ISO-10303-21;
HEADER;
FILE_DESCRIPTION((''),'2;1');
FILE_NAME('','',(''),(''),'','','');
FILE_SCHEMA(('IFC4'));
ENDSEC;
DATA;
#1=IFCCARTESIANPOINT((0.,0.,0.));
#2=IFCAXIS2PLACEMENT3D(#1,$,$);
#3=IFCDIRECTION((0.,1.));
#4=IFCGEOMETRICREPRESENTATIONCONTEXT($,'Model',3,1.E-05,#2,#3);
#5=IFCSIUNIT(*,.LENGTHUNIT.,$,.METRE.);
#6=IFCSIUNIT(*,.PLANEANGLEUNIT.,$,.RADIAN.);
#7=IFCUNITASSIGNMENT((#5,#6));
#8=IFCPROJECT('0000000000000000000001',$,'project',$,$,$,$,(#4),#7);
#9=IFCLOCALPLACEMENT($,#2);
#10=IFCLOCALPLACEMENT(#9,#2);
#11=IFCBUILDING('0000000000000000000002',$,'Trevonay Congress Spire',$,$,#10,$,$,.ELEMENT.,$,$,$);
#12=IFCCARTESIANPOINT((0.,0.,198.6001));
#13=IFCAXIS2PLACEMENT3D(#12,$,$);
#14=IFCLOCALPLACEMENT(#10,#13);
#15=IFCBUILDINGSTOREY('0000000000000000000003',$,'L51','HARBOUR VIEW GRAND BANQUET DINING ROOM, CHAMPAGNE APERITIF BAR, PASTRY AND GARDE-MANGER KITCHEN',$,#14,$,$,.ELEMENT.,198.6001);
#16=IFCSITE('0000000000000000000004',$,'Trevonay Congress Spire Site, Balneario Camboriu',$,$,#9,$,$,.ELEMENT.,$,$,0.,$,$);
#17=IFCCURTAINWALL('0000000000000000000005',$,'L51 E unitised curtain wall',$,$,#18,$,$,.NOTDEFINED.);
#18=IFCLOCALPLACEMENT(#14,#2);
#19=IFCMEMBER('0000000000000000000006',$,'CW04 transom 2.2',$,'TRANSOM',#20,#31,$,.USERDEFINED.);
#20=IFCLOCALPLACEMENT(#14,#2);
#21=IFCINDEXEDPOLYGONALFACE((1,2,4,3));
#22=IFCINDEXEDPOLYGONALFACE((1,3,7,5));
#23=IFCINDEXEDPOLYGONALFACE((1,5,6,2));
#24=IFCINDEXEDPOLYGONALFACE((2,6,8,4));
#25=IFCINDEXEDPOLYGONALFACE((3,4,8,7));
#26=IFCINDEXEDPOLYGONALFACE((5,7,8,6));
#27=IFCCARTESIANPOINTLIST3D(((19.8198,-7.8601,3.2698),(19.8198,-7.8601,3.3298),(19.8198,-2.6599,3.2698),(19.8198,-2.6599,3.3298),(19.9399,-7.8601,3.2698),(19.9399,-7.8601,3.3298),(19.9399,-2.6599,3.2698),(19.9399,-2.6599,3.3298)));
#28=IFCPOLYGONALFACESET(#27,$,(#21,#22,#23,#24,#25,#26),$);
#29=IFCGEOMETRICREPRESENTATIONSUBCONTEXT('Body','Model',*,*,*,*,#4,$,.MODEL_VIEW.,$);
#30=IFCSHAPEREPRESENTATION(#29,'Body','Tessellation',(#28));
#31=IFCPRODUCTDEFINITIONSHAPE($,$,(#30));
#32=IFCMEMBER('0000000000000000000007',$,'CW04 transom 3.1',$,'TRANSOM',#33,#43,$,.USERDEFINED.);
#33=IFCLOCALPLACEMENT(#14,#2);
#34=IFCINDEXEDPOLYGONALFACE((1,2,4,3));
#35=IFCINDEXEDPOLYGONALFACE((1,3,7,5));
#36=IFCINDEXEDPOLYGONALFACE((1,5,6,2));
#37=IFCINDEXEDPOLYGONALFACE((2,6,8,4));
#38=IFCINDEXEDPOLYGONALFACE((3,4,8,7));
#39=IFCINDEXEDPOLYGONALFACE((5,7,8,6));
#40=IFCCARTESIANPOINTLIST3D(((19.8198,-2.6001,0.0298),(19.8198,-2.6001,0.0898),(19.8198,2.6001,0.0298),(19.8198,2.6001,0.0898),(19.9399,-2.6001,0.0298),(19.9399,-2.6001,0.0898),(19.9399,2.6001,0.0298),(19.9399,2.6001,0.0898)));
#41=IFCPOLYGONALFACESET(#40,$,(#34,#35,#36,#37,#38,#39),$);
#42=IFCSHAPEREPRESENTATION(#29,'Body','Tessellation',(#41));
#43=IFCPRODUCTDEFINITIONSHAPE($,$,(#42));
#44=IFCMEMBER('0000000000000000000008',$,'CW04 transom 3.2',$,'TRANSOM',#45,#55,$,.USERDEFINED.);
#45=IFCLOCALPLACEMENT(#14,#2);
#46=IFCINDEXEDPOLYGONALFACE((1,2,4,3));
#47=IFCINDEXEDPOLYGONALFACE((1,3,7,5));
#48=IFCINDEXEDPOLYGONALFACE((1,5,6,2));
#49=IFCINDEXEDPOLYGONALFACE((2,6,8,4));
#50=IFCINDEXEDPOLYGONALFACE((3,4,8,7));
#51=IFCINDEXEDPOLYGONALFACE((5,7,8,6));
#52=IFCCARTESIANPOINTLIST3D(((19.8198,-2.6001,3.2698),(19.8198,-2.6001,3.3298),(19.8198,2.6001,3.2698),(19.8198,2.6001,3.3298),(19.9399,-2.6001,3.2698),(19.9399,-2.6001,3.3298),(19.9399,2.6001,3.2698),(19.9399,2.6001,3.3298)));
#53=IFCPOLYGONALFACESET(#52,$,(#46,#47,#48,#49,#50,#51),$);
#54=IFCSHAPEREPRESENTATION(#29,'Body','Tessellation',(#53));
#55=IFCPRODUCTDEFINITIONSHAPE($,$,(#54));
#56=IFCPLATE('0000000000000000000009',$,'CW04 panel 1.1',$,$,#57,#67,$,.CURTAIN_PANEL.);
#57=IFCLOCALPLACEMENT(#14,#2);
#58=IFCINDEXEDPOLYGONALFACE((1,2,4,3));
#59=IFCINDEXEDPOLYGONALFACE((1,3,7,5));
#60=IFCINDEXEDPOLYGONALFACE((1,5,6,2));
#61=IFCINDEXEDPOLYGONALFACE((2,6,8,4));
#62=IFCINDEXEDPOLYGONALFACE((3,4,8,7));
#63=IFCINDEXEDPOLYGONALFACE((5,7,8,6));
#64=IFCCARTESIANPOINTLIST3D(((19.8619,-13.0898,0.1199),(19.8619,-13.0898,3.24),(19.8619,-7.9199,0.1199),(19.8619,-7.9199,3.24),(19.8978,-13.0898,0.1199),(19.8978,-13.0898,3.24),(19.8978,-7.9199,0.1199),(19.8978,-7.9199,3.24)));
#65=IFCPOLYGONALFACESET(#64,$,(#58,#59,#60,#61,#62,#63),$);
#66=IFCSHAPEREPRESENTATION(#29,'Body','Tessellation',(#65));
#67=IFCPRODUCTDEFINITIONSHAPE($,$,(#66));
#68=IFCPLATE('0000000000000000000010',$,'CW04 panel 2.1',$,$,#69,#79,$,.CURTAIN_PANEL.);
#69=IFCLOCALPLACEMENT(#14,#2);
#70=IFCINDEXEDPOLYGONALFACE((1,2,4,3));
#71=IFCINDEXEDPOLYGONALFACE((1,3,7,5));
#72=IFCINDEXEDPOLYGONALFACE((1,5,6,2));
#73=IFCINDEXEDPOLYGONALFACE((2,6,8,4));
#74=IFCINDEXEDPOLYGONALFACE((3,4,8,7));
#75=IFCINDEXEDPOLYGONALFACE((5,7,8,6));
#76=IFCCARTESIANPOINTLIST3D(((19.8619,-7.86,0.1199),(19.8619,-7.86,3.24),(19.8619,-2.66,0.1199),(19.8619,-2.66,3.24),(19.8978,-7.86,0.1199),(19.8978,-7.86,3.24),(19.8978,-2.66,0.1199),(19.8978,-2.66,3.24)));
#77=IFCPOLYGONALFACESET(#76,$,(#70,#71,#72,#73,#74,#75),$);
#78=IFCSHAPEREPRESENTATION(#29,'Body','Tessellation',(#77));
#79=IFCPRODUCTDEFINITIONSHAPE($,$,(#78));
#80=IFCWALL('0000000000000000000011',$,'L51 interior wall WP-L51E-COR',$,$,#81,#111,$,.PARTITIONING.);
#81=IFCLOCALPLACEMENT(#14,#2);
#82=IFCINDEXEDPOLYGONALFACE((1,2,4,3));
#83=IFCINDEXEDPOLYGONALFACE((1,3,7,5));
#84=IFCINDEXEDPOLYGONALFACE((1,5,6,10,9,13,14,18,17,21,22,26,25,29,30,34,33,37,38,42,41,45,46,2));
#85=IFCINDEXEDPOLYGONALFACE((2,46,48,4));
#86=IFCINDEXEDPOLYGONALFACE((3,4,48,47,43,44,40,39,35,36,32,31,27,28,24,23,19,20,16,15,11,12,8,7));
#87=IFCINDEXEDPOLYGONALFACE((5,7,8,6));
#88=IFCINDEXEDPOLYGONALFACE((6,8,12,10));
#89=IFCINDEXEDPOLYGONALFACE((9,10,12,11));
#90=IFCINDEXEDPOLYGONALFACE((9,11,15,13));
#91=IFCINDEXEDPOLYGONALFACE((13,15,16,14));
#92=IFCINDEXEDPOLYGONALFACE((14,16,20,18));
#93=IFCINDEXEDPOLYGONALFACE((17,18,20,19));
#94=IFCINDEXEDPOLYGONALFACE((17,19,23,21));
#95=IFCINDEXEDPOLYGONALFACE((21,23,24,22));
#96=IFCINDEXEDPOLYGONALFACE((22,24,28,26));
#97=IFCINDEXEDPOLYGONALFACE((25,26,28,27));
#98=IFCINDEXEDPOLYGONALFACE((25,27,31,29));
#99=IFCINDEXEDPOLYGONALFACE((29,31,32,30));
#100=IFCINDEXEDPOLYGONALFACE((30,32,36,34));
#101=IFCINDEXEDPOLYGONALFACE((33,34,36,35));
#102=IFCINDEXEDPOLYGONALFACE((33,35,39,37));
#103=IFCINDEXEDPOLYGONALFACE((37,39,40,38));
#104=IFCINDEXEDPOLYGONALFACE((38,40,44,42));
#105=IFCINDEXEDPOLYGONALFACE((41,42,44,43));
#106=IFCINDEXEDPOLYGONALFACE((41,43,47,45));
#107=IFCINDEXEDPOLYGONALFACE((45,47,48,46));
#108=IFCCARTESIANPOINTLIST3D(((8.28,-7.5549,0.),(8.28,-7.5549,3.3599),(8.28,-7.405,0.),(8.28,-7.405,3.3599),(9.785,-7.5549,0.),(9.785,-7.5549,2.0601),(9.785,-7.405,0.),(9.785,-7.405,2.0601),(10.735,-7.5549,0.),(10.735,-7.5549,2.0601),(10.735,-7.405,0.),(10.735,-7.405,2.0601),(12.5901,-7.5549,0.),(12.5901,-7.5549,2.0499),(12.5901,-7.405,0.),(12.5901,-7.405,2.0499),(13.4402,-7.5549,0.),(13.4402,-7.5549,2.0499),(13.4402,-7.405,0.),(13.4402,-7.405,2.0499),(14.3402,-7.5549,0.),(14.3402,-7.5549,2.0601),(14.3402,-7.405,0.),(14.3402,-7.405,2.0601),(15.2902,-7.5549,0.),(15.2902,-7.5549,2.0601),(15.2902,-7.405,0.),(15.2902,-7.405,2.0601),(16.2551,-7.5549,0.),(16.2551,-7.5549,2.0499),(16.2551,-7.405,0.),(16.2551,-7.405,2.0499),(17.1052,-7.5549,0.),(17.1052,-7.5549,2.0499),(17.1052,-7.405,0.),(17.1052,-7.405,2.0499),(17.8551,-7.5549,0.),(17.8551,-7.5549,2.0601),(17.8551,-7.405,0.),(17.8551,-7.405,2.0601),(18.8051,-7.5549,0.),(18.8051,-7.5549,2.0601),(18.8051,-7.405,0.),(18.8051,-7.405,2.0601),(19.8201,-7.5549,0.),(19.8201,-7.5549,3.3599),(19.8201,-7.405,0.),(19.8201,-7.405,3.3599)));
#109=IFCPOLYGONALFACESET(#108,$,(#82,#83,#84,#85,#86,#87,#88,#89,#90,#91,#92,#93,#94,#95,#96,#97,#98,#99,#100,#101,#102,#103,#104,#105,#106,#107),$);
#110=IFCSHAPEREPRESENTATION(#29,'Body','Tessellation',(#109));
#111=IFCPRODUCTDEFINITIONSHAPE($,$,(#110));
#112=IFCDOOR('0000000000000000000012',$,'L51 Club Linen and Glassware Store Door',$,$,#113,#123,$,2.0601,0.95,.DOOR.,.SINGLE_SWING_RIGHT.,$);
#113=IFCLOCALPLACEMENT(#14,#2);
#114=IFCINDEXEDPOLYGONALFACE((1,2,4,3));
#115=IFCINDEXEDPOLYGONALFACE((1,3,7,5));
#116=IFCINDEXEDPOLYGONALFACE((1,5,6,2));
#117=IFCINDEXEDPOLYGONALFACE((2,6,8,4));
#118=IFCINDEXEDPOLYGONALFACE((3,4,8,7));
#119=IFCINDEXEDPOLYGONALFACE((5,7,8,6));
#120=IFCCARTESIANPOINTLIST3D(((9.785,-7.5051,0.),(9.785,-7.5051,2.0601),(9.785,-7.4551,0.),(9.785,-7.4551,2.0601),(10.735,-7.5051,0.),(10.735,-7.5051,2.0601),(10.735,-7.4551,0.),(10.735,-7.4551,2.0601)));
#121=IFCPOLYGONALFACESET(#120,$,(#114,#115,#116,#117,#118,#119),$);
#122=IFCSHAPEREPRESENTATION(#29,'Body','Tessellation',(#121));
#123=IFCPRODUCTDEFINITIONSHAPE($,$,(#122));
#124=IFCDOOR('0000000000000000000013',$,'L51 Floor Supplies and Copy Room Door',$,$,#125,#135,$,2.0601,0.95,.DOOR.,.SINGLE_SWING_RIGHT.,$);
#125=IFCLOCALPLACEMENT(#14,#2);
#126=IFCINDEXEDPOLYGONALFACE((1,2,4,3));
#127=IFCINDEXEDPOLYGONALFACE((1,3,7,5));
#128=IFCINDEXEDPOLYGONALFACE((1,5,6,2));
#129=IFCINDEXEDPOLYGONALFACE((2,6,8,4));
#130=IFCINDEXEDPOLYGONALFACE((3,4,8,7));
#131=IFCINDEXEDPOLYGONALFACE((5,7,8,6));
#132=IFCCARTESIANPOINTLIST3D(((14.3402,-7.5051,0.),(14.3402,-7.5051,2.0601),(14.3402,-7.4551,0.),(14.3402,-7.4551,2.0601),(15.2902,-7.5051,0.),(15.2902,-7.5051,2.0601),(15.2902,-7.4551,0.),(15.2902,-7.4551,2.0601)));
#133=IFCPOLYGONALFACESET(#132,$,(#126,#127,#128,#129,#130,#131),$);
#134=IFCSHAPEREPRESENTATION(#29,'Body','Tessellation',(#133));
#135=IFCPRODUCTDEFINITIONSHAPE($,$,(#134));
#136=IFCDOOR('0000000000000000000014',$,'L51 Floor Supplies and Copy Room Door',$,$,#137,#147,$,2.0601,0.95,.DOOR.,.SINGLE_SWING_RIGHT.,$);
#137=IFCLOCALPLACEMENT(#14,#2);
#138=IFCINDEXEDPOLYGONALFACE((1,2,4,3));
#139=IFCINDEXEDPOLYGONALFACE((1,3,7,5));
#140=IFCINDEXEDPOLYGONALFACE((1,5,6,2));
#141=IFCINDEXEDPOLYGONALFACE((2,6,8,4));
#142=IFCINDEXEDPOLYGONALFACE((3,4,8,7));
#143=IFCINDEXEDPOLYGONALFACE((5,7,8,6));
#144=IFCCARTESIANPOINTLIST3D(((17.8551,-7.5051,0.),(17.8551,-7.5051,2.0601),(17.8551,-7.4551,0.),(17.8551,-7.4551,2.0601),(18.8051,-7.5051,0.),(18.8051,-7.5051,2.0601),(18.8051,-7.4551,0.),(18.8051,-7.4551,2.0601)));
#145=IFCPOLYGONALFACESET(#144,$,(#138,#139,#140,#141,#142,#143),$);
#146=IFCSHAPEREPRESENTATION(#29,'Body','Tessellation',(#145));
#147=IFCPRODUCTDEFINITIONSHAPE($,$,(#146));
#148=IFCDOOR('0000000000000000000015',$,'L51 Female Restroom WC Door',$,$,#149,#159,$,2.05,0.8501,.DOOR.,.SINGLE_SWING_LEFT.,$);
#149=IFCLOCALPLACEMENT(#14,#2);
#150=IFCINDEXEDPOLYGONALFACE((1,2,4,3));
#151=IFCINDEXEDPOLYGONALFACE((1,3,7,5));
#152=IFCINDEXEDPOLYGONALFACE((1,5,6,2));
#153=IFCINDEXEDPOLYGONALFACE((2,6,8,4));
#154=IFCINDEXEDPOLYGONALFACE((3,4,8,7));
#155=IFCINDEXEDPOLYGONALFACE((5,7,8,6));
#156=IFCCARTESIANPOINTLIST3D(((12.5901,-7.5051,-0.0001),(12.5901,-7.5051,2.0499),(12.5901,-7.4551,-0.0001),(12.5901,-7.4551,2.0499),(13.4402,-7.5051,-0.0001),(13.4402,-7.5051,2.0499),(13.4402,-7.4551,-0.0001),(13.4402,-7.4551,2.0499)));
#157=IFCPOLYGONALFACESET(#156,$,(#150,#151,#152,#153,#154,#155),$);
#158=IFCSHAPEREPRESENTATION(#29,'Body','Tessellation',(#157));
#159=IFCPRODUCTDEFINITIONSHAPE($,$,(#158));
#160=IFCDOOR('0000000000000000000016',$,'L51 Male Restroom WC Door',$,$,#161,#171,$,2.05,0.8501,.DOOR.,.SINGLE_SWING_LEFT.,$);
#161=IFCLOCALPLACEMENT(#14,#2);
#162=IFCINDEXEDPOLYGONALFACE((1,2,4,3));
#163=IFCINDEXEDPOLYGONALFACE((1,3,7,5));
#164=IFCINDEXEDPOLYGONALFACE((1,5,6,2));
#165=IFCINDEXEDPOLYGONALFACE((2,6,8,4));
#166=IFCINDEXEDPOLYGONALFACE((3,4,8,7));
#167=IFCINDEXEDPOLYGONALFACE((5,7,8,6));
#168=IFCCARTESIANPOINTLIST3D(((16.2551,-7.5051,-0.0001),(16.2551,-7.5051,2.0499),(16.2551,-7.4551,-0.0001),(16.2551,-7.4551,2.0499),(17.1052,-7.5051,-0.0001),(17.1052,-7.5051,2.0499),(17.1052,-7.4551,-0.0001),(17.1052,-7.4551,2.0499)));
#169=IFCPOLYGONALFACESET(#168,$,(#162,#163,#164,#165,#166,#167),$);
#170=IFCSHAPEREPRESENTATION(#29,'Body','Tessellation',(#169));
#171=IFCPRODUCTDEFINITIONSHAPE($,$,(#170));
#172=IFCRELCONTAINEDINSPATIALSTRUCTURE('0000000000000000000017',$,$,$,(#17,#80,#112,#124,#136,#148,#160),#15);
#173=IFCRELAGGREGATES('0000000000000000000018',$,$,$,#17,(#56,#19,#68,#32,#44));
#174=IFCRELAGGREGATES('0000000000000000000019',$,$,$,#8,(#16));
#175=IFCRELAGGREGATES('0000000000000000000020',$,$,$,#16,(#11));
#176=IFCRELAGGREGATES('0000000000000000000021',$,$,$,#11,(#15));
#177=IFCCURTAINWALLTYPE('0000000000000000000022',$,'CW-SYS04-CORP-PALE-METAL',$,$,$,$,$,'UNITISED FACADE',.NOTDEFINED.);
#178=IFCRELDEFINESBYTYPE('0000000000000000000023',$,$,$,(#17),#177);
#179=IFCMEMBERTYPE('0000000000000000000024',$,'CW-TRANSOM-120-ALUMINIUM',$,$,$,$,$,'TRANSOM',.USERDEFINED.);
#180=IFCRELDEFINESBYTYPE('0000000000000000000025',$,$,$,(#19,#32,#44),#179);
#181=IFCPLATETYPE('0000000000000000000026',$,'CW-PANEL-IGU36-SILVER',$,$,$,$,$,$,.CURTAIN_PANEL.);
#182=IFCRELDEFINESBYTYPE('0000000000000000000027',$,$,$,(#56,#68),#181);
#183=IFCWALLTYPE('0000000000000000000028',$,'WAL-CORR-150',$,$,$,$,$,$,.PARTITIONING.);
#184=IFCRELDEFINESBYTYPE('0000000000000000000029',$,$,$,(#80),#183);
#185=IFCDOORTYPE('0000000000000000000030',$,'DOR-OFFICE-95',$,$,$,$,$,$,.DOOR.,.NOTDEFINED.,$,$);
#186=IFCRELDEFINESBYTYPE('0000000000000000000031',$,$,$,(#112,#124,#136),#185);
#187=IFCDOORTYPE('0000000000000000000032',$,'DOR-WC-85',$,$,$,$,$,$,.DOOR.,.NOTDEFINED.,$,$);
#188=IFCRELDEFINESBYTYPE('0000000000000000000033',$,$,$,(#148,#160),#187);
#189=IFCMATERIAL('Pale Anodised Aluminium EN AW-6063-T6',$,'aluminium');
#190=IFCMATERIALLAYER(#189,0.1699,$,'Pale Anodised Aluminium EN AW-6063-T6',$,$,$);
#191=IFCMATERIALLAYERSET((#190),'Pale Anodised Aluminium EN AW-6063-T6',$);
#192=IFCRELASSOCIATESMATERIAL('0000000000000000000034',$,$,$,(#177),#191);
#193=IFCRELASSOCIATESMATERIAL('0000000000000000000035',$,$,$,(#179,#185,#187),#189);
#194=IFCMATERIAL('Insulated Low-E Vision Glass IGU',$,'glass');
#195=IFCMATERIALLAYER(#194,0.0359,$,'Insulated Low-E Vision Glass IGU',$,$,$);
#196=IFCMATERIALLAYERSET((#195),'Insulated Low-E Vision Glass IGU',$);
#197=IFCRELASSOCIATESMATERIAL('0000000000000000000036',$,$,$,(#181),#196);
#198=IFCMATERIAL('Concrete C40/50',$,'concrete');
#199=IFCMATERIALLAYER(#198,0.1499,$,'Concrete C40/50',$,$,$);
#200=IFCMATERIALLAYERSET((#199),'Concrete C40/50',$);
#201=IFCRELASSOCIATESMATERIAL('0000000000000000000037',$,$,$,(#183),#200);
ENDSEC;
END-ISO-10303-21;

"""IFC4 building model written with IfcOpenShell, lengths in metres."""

from ifc_helpers import new_model, si_unit, direction, frame, frame_2d, origin, origin_2d, place, context, subcontext, project, spatial, rectangle, extrude, material, layer, layer_set, material_profile, profile_set, type_object, element, fill, aggregate, save


model = new_model("IFC4")

# Units and contexts
model_context = context("Model", 3, precision=1e-05, world=origin(), true_north=direction((0.0, 1.0)))
body_context = subcontext(model_context, "Body", "Model", "MODEL_VIEW")
ifc_project = project(units=[si_unit("LENGTHUNIT", "METRE"), si_unit("PLANEANGLEUNIT", "RADIAN")], contexts=[model_context])

# Site, building, storey
site_placement = place(None, origin())
site = spatial("IfcSite", under=ifc_project, at=site_placement, Name="Trevonay Congress Spire Site, Balneario Camboriu", CompositionType="ELEMENT", RefElevation=0.0)
building_placement = place(site_placement, origin())
building = spatial("IfcBuilding", under=site, at=building_placement, Name="Trevonay Congress Spire", CompositionType="ELEMENT")
storey_placement = place(building_placement, frame((0.0, 0.0, 198.6001)))
storey = spatial("IfcBuildingStorey", under=building, at=storey_placement, Name="L51", Description="HARBOUR VIEW GRAND BANQUET DINING ROOM, CHAMPAGNE APERITIF BAR, PASTRY AND GARDE-MANGER KITCHEN", CompositionType="ELEMENT", Elevation=198.6001)

# Curtain wall, members, plates
ifc_material_1 = material(Name="Pale Anodised Aluminium EN AW-6063-T6", Category="aluminium")
ifc_layer_1 = layer(ifc_material_1, 0.1699, Name="Pale Anodised Aluminium EN AW-6063-T6")
ifc_layer_set_1 = layer_set([ifc_layer_1], Name="Pale Anodised Aluminium EN AW-6063-T6")
curtain_wall_type = type_object("IfcCurtainWallType", Name="CW-SYS04-CORP-PALE-METAL", ElementType="UNITISED FACADE", PredefinedType="NOTDEFINED", material=ifc_layer_set_1)
curtain_wall_placement = place(storey_placement, origin())
curtain_wall = element("IfcCurtainWall", 1, at=curtain_wall_placement, inside=storey, type_object=curtain_wall_type, Name="L51 E unitised curtain wall", PredefinedType="NOTDEFINED")
ifc_material_profile_1 = material_profile(ifc_material_1, rectangle(XDim=0.1201, YDim=0.0601, at=origin_2d()), Name="CW-TRANSOM-120-ALUMINIUM")
ifc_profile_set_1 = profile_set([ifc_material_profile_1], Name="Pale Anodised Aluminium EN AW-6063-T6")
member_type_1 = type_object("IfcMemberType", Name="CW-TRANSOM-120-ALUMINIUM", ElementType="TRANSOM", PredefinedType="USERDEFINED", material=ifc_profile_set_1)
member_1_placement = place(storey_placement, frame((19.8799, -7.8601, 3.2998), z_axis=(0.0, 1.0, 0.0), x_axis=(-1.0, 0.0, 0.0)))
member_1 = element("IfcMember", 2, at=member_1_placement, type_object=member_type_1, Name="CW04 transom 2.2", ObjectType="TRANSOM", PredefinedType="USERDEFINED", context=body_context, shape_type="SweptSolid", body=[
    extrude(rectangle(XDim=0.1201, YDim=0.0601, at=origin_2d()), origin(), (0.0, 0.0, 1.0), 5.2002),
])
member_2_placement = place(storey_placement, frame((19.8799, -2.6001, 0.0598), z_axis=(0.0, 1.0, 0.0), x_axis=(-1.0, 0.0, 0.0)))
member_2 = element("IfcMember", 3, at=member_2_placement, type_object=member_type_1, Name="CW04 transom 3.1", ObjectType="TRANSOM", PredefinedType="USERDEFINED", context=body_context, shape_type="SweptSolid", body=[
    extrude(rectangle(XDim=0.1201, YDim=0.0601, at=origin_2d()), origin(), (0.0, 0.0, 1.0), 5.2002),
])
member_3_placement = place(storey_placement, frame((19.8799, -2.6001, 3.2998), z_axis=(0.0, 1.0, 0.0), x_axis=(-1.0, 0.0, 0.0)))
member_3 = element("IfcMember", 4, at=member_3_placement, type_object=member_type_1, Name="CW04 transom 3.2", ObjectType="TRANSOM", PredefinedType="USERDEFINED", context=body_context, shape_type="SweptSolid", body=[
    extrude(rectangle(XDim=0.1201, YDim=0.0601, at=origin_2d()), origin(), (0.0, 0.0, 1.0), 5.2002),
])
ifc_material_2 = material(Name="Insulated Low-E Vision Glass IGU", Category="glass")
ifc_layer_2 = layer(ifc_material_2, 0.0359, Name="Insulated Low-E Vision Glass IGU")
ifc_layer_set_2 = layer_set([ifc_layer_2], Name="Insulated Low-E Vision Glass IGU")
plate_type = type_object("IfcPlateType", Name="CW-PANEL-IGU36-SILVER", PredefinedType="CURTAIN_PANEL", material=ifc_layer_set_2)
plate_1_placement = place(storey_placement, frame((19.8799, -10.5049, 0.1199), z_axis=(0.0, 0.0, 1.0), x_axis=(0.0, 1.0, 0.0)))
plate_1 = element("IfcPlate", 5, at=plate_1_placement, type_object=plate_type, Name="CW04 panel 1.1", PredefinedType="CURTAIN_PANEL", context=body_context, shape_type="SweptSolid", body=[
    extrude(rectangle(XDim=5.1699, YDim=0.0359, at=origin_2d()), origin(), (0.0, 0.0, 1.0), 3.1201),
])
plate_2_placement = place(storey_placement, frame((19.8799, -5.26, 0.1199), z_axis=(0.0, 0.0, 1.0), x_axis=(0.0, 1.0, 0.0)))
plate_2 = element("IfcPlate", 6, at=plate_2_placement, type_object=plate_type, Name="CW04 panel 2.1", PredefinedType="CURTAIN_PANEL", context=body_context, shape_type="SweptSolid", body=[
    extrude(rectangle(XDim=5.2, YDim=0.0359, at=origin_2d()), origin(), (0.0, 0.0, 1.0), 3.1201),
])
aggregate(curtain_wall, [plate_1, member_1, plate_2, member_2, member_3])

# Wall, openings, doors
ifc_material_3 = material(Name="Concrete C40/50", Category="concrete")
ifc_layer_3 = layer(ifc_material_3, 0.1499, Name="Concrete C40/50")
ifc_layer_set_3 = layer_set([ifc_layer_3], Name="Concrete C40/50")
wall_type_1 = type_object("IfcWallType", Name="WAL-CORR-150", PredefinedType="PARTITIONING", material=ifc_layer_set_3)
wall_1_placement = place(storey_placement, frame((8.28, -7.48, 0.0), z_axis=(0.0, 0.0, 1.0), x_axis=(1.0, 0.0, 0.0)))
wall_1 = element("IfcWall", 7, at=wall_1_placement, inside=storey, type_object=wall_type_1, Name="L51 interior wall WP-L51E-COR", PredefinedType="PARTITIONING", context=body_context, shape_type="SweptSolid", body=[
    extrude(rectangle(XDim=11.54, YDim=0.1499, at=frame_2d((5.77, 0.0))), origin(), (0.0, 0.0, 1.0), 3.3599),
])
opening_1_placement = place(wall_1_placement, frame((1.5049, 0.0, 0.0)))
opening_1 = element("IfcOpeningElement", 8, at=opening_1_placement, cuts=wall_1, PredefinedType="OPENING", context=body_context, shape_type="SweptSolid", body=[
    extrude(rectangle(XDim=0.95, YDim=2.0601, at=frame_2d((0.4751, 1.03))), frame((0.0, 0.085, 0.0), z_axis=(0.0, -1.0, 0.0), x_axis=(1.0, 0.0, 0.0)), (0.0, 0.0, 1.0), 0.1699),
])
opening_2_placement = place(wall_1_placement, frame((4.3101, 0.0, 0.0)))
opening_2 = element("IfcOpeningElement", 9, at=opening_2_placement, cuts=wall_1, PredefinedType="OPENING", context=body_context, shape_type="SweptSolid", body=[
    extrude(rectangle(XDim=0.8501, YDim=2.05, at=frame_2d((0.425, 1.0249))), frame((0.0, 0.085, 0.0), z_axis=(0.0, -1.0, 0.0), x_axis=(1.0, 0.0, 0.0)), (0.0, 0.0, 1.0), 0.1699),
])
opening_3_placement = place(wall_1_placement, frame((6.0601, 0.0, 0.0)))
opening_3 = element("IfcOpeningElement", 10, at=opening_3_placement, cuts=wall_1, PredefinedType="OPENING", context=body_context, shape_type="SweptSolid", body=[
    extrude(rectangle(XDim=0.95, YDim=2.0601, at=frame_2d((0.4751, 1.03))), frame((0.0, 0.085, 0.0), z_axis=(0.0, -1.0, 0.0), x_axis=(1.0, 0.0, 0.0)), (0.0, 0.0, 1.0), 0.1699),
])
opening_4_placement = place(wall_1_placement, frame((7.9751, 0.0, 0.0)))
opening_4 = element("IfcOpeningElement", 11, at=opening_4_placement, cuts=wall_1, PredefinedType="OPENING", context=body_context, shape_type="SweptSolid", body=[
    extrude(rectangle(XDim=0.8501, YDim=2.05, at=frame_2d((0.425, 1.0249))), frame((0.0, 0.085, 0.0), z_axis=(0.0, -1.0, 0.0), x_axis=(1.0, 0.0, 0.0)), (0.0, 0.0, 1.0), 0.1699),
])
opening_5_placement = place(wall_1_placement, frame((9.575, 0.0, 0.0)))
opening_5 = element("IfcOpeningElement", 12, at=opening_5_placement, cuts=wall_1, PredefinedType="OPENING", context=body_context, shape_type="SweptSolid", body=[
    extrude(rectangle(XDim=0.95, YDim=2.0601, at=frame_2d((0.4751, 1.03))), frame((0.0, 0.085, 0.0), z_axis=(0.0, -1.0, 0.0), x_axis=(1.0, 0.0, 0.0)), (0.0, 0.0, 1.0), 0.1699),
])
door_type_1 = type_object("IfcDoorType", Name="DOR-OFFICE-95", OperationType="NOTDEFINED", PredefinedType="DOOR", material=ifc_material_1)
door_1_placement = place(opening_1_placement, origin())
door_1 = element("IfcDoor", 13, at=door_1_placement, inside=storey, type_object=door_type_1, Name="L51 Club Linen and Glassware Store Door", OperationType="SINGLE_SWING_RIGHT", OverallHeight=2.0601, OverallWidth=0.95, PredefinedType="DOOR", context=body_context, shape_type="SweptSolid", body=[
    extrude(rectangle(XDim=0.95, YDim=2.0601, at=frame_2d((0.4751, 1.03))), frame((0.0, 0.0249, 0.0), z_axis=(0.0, -1.0, 0.0), x_axis=(1.0, 0.0, 0.0)), (0.0, 0.0, 1.0), 0.05),
])
fill(opening_1, door_1)
door_2_placement = place(opening_3_placement, origin())
door_2 = element("IfcDoor", 14, at=door_2_placement, inside=storey, type_object=door_type_1, Name="L51 Floor Supplies and Copy Room Door", OperationType="SINGLE_SWING_RIGHT", OverallHeight=2.0601, OverallWidth=0.95, PredefinedType="DOOR", context=body_context, shape_type="SweptSolid", body=[
    extrude(rectangle(XDim=0.95, YDim=2.0601, at=frame_2d((0.4751, 1.03))), frame((0.0, 0.0249, 0.0), z_axis=(0.0, -1.0, 0.0), x_axis=(1.0, 0.0, 0.0)), (0.0, 0.0, 1.0), 0.05),
])
fill(opening_3, door_2)
door_3_placement = place(opening_5_placement, origin())
door_3 = element("IfcDoor", 15, at=door_3_placement, inside=storey, type_object=door_type_1, Name="L51 Floor Supplies and Copy Room Door", OperationType="SINGLE_SWING_RIGHT", OverallHeight=2.0601, OverallWidth=0.95, PredefinedType="DOOR", context=body_context, shape_type="SweptSolid", body=[
    extrude(rectangle(XDim=0.95, YDim=2.0601, at=frame_2d((0.4751, 1.03))), frame((0.0, 0.0249, 0.0), z_axis=(0.0, -1.0, 0.0), x_axis=(1.0, 0.0, 0.0)), (0.0, 0.0, 1.0), 0.05),
])
fill(opening_5, door_3)
door_type_2 = type_object("IfcDoorType", Name="DOR-WC-85", OperationType="NOTDEFINED", PredefinedType="DOOR", material=ifc_material_1)
door_4_placement = place(opening_2_placement, origin())
door_4 = element("IfcDoor", 16, at=door_4_placement, inside=storey, type_object=door_type_2, Name="L51 Female Restroom WC Door", OperationType="SINGLE_SWING_LEFT", OverallHeight=2.05, OverallWidth=0.8501, PredefinedType="DOOR", context=body_context, shape_type="SweptSolid", body=[
    extrude(rectangle(XDim=0.8501, YDim=2.05, at=frame_2d((0.425, 1.0249))), frame((0.0, 0.0249, 0.0), z_axis=(0.0, -1.0, 0.0), x_axis=(1.0, 0.0, 0.0)), (0.0, 0.0, 1.0), 0.05),
])
fill(opening_2, door_4)
door_5_placement = place(opening_4_placement, origin())
door_5 = element("IfcDoor", 17, at=door_5_placement, inside=storey, type_object=door_type_2, Name="L51 Male Restroom WC Door", OperationType="SINGLE_SWING_LEFT", OverallHeight=2.05, OverallWidth=0.8501, PredefinedType="DOOR", context=body_context, shape_type="SweptSolid", body=[
    extrude(rectangle(XDim=0.8501, YDim=2.05, at=frame_2d((0.425, 1.0249))), frame((0.0, 0.0249, 0.0), z_axis=(0.0, -1.0, 0.0), x_axis=(1.0, 0.0, 0.0)), (0.0, 0.0, 1.0), 0.05),
])
fill(opening_4, door_5)

save(model, "model.ifc")
